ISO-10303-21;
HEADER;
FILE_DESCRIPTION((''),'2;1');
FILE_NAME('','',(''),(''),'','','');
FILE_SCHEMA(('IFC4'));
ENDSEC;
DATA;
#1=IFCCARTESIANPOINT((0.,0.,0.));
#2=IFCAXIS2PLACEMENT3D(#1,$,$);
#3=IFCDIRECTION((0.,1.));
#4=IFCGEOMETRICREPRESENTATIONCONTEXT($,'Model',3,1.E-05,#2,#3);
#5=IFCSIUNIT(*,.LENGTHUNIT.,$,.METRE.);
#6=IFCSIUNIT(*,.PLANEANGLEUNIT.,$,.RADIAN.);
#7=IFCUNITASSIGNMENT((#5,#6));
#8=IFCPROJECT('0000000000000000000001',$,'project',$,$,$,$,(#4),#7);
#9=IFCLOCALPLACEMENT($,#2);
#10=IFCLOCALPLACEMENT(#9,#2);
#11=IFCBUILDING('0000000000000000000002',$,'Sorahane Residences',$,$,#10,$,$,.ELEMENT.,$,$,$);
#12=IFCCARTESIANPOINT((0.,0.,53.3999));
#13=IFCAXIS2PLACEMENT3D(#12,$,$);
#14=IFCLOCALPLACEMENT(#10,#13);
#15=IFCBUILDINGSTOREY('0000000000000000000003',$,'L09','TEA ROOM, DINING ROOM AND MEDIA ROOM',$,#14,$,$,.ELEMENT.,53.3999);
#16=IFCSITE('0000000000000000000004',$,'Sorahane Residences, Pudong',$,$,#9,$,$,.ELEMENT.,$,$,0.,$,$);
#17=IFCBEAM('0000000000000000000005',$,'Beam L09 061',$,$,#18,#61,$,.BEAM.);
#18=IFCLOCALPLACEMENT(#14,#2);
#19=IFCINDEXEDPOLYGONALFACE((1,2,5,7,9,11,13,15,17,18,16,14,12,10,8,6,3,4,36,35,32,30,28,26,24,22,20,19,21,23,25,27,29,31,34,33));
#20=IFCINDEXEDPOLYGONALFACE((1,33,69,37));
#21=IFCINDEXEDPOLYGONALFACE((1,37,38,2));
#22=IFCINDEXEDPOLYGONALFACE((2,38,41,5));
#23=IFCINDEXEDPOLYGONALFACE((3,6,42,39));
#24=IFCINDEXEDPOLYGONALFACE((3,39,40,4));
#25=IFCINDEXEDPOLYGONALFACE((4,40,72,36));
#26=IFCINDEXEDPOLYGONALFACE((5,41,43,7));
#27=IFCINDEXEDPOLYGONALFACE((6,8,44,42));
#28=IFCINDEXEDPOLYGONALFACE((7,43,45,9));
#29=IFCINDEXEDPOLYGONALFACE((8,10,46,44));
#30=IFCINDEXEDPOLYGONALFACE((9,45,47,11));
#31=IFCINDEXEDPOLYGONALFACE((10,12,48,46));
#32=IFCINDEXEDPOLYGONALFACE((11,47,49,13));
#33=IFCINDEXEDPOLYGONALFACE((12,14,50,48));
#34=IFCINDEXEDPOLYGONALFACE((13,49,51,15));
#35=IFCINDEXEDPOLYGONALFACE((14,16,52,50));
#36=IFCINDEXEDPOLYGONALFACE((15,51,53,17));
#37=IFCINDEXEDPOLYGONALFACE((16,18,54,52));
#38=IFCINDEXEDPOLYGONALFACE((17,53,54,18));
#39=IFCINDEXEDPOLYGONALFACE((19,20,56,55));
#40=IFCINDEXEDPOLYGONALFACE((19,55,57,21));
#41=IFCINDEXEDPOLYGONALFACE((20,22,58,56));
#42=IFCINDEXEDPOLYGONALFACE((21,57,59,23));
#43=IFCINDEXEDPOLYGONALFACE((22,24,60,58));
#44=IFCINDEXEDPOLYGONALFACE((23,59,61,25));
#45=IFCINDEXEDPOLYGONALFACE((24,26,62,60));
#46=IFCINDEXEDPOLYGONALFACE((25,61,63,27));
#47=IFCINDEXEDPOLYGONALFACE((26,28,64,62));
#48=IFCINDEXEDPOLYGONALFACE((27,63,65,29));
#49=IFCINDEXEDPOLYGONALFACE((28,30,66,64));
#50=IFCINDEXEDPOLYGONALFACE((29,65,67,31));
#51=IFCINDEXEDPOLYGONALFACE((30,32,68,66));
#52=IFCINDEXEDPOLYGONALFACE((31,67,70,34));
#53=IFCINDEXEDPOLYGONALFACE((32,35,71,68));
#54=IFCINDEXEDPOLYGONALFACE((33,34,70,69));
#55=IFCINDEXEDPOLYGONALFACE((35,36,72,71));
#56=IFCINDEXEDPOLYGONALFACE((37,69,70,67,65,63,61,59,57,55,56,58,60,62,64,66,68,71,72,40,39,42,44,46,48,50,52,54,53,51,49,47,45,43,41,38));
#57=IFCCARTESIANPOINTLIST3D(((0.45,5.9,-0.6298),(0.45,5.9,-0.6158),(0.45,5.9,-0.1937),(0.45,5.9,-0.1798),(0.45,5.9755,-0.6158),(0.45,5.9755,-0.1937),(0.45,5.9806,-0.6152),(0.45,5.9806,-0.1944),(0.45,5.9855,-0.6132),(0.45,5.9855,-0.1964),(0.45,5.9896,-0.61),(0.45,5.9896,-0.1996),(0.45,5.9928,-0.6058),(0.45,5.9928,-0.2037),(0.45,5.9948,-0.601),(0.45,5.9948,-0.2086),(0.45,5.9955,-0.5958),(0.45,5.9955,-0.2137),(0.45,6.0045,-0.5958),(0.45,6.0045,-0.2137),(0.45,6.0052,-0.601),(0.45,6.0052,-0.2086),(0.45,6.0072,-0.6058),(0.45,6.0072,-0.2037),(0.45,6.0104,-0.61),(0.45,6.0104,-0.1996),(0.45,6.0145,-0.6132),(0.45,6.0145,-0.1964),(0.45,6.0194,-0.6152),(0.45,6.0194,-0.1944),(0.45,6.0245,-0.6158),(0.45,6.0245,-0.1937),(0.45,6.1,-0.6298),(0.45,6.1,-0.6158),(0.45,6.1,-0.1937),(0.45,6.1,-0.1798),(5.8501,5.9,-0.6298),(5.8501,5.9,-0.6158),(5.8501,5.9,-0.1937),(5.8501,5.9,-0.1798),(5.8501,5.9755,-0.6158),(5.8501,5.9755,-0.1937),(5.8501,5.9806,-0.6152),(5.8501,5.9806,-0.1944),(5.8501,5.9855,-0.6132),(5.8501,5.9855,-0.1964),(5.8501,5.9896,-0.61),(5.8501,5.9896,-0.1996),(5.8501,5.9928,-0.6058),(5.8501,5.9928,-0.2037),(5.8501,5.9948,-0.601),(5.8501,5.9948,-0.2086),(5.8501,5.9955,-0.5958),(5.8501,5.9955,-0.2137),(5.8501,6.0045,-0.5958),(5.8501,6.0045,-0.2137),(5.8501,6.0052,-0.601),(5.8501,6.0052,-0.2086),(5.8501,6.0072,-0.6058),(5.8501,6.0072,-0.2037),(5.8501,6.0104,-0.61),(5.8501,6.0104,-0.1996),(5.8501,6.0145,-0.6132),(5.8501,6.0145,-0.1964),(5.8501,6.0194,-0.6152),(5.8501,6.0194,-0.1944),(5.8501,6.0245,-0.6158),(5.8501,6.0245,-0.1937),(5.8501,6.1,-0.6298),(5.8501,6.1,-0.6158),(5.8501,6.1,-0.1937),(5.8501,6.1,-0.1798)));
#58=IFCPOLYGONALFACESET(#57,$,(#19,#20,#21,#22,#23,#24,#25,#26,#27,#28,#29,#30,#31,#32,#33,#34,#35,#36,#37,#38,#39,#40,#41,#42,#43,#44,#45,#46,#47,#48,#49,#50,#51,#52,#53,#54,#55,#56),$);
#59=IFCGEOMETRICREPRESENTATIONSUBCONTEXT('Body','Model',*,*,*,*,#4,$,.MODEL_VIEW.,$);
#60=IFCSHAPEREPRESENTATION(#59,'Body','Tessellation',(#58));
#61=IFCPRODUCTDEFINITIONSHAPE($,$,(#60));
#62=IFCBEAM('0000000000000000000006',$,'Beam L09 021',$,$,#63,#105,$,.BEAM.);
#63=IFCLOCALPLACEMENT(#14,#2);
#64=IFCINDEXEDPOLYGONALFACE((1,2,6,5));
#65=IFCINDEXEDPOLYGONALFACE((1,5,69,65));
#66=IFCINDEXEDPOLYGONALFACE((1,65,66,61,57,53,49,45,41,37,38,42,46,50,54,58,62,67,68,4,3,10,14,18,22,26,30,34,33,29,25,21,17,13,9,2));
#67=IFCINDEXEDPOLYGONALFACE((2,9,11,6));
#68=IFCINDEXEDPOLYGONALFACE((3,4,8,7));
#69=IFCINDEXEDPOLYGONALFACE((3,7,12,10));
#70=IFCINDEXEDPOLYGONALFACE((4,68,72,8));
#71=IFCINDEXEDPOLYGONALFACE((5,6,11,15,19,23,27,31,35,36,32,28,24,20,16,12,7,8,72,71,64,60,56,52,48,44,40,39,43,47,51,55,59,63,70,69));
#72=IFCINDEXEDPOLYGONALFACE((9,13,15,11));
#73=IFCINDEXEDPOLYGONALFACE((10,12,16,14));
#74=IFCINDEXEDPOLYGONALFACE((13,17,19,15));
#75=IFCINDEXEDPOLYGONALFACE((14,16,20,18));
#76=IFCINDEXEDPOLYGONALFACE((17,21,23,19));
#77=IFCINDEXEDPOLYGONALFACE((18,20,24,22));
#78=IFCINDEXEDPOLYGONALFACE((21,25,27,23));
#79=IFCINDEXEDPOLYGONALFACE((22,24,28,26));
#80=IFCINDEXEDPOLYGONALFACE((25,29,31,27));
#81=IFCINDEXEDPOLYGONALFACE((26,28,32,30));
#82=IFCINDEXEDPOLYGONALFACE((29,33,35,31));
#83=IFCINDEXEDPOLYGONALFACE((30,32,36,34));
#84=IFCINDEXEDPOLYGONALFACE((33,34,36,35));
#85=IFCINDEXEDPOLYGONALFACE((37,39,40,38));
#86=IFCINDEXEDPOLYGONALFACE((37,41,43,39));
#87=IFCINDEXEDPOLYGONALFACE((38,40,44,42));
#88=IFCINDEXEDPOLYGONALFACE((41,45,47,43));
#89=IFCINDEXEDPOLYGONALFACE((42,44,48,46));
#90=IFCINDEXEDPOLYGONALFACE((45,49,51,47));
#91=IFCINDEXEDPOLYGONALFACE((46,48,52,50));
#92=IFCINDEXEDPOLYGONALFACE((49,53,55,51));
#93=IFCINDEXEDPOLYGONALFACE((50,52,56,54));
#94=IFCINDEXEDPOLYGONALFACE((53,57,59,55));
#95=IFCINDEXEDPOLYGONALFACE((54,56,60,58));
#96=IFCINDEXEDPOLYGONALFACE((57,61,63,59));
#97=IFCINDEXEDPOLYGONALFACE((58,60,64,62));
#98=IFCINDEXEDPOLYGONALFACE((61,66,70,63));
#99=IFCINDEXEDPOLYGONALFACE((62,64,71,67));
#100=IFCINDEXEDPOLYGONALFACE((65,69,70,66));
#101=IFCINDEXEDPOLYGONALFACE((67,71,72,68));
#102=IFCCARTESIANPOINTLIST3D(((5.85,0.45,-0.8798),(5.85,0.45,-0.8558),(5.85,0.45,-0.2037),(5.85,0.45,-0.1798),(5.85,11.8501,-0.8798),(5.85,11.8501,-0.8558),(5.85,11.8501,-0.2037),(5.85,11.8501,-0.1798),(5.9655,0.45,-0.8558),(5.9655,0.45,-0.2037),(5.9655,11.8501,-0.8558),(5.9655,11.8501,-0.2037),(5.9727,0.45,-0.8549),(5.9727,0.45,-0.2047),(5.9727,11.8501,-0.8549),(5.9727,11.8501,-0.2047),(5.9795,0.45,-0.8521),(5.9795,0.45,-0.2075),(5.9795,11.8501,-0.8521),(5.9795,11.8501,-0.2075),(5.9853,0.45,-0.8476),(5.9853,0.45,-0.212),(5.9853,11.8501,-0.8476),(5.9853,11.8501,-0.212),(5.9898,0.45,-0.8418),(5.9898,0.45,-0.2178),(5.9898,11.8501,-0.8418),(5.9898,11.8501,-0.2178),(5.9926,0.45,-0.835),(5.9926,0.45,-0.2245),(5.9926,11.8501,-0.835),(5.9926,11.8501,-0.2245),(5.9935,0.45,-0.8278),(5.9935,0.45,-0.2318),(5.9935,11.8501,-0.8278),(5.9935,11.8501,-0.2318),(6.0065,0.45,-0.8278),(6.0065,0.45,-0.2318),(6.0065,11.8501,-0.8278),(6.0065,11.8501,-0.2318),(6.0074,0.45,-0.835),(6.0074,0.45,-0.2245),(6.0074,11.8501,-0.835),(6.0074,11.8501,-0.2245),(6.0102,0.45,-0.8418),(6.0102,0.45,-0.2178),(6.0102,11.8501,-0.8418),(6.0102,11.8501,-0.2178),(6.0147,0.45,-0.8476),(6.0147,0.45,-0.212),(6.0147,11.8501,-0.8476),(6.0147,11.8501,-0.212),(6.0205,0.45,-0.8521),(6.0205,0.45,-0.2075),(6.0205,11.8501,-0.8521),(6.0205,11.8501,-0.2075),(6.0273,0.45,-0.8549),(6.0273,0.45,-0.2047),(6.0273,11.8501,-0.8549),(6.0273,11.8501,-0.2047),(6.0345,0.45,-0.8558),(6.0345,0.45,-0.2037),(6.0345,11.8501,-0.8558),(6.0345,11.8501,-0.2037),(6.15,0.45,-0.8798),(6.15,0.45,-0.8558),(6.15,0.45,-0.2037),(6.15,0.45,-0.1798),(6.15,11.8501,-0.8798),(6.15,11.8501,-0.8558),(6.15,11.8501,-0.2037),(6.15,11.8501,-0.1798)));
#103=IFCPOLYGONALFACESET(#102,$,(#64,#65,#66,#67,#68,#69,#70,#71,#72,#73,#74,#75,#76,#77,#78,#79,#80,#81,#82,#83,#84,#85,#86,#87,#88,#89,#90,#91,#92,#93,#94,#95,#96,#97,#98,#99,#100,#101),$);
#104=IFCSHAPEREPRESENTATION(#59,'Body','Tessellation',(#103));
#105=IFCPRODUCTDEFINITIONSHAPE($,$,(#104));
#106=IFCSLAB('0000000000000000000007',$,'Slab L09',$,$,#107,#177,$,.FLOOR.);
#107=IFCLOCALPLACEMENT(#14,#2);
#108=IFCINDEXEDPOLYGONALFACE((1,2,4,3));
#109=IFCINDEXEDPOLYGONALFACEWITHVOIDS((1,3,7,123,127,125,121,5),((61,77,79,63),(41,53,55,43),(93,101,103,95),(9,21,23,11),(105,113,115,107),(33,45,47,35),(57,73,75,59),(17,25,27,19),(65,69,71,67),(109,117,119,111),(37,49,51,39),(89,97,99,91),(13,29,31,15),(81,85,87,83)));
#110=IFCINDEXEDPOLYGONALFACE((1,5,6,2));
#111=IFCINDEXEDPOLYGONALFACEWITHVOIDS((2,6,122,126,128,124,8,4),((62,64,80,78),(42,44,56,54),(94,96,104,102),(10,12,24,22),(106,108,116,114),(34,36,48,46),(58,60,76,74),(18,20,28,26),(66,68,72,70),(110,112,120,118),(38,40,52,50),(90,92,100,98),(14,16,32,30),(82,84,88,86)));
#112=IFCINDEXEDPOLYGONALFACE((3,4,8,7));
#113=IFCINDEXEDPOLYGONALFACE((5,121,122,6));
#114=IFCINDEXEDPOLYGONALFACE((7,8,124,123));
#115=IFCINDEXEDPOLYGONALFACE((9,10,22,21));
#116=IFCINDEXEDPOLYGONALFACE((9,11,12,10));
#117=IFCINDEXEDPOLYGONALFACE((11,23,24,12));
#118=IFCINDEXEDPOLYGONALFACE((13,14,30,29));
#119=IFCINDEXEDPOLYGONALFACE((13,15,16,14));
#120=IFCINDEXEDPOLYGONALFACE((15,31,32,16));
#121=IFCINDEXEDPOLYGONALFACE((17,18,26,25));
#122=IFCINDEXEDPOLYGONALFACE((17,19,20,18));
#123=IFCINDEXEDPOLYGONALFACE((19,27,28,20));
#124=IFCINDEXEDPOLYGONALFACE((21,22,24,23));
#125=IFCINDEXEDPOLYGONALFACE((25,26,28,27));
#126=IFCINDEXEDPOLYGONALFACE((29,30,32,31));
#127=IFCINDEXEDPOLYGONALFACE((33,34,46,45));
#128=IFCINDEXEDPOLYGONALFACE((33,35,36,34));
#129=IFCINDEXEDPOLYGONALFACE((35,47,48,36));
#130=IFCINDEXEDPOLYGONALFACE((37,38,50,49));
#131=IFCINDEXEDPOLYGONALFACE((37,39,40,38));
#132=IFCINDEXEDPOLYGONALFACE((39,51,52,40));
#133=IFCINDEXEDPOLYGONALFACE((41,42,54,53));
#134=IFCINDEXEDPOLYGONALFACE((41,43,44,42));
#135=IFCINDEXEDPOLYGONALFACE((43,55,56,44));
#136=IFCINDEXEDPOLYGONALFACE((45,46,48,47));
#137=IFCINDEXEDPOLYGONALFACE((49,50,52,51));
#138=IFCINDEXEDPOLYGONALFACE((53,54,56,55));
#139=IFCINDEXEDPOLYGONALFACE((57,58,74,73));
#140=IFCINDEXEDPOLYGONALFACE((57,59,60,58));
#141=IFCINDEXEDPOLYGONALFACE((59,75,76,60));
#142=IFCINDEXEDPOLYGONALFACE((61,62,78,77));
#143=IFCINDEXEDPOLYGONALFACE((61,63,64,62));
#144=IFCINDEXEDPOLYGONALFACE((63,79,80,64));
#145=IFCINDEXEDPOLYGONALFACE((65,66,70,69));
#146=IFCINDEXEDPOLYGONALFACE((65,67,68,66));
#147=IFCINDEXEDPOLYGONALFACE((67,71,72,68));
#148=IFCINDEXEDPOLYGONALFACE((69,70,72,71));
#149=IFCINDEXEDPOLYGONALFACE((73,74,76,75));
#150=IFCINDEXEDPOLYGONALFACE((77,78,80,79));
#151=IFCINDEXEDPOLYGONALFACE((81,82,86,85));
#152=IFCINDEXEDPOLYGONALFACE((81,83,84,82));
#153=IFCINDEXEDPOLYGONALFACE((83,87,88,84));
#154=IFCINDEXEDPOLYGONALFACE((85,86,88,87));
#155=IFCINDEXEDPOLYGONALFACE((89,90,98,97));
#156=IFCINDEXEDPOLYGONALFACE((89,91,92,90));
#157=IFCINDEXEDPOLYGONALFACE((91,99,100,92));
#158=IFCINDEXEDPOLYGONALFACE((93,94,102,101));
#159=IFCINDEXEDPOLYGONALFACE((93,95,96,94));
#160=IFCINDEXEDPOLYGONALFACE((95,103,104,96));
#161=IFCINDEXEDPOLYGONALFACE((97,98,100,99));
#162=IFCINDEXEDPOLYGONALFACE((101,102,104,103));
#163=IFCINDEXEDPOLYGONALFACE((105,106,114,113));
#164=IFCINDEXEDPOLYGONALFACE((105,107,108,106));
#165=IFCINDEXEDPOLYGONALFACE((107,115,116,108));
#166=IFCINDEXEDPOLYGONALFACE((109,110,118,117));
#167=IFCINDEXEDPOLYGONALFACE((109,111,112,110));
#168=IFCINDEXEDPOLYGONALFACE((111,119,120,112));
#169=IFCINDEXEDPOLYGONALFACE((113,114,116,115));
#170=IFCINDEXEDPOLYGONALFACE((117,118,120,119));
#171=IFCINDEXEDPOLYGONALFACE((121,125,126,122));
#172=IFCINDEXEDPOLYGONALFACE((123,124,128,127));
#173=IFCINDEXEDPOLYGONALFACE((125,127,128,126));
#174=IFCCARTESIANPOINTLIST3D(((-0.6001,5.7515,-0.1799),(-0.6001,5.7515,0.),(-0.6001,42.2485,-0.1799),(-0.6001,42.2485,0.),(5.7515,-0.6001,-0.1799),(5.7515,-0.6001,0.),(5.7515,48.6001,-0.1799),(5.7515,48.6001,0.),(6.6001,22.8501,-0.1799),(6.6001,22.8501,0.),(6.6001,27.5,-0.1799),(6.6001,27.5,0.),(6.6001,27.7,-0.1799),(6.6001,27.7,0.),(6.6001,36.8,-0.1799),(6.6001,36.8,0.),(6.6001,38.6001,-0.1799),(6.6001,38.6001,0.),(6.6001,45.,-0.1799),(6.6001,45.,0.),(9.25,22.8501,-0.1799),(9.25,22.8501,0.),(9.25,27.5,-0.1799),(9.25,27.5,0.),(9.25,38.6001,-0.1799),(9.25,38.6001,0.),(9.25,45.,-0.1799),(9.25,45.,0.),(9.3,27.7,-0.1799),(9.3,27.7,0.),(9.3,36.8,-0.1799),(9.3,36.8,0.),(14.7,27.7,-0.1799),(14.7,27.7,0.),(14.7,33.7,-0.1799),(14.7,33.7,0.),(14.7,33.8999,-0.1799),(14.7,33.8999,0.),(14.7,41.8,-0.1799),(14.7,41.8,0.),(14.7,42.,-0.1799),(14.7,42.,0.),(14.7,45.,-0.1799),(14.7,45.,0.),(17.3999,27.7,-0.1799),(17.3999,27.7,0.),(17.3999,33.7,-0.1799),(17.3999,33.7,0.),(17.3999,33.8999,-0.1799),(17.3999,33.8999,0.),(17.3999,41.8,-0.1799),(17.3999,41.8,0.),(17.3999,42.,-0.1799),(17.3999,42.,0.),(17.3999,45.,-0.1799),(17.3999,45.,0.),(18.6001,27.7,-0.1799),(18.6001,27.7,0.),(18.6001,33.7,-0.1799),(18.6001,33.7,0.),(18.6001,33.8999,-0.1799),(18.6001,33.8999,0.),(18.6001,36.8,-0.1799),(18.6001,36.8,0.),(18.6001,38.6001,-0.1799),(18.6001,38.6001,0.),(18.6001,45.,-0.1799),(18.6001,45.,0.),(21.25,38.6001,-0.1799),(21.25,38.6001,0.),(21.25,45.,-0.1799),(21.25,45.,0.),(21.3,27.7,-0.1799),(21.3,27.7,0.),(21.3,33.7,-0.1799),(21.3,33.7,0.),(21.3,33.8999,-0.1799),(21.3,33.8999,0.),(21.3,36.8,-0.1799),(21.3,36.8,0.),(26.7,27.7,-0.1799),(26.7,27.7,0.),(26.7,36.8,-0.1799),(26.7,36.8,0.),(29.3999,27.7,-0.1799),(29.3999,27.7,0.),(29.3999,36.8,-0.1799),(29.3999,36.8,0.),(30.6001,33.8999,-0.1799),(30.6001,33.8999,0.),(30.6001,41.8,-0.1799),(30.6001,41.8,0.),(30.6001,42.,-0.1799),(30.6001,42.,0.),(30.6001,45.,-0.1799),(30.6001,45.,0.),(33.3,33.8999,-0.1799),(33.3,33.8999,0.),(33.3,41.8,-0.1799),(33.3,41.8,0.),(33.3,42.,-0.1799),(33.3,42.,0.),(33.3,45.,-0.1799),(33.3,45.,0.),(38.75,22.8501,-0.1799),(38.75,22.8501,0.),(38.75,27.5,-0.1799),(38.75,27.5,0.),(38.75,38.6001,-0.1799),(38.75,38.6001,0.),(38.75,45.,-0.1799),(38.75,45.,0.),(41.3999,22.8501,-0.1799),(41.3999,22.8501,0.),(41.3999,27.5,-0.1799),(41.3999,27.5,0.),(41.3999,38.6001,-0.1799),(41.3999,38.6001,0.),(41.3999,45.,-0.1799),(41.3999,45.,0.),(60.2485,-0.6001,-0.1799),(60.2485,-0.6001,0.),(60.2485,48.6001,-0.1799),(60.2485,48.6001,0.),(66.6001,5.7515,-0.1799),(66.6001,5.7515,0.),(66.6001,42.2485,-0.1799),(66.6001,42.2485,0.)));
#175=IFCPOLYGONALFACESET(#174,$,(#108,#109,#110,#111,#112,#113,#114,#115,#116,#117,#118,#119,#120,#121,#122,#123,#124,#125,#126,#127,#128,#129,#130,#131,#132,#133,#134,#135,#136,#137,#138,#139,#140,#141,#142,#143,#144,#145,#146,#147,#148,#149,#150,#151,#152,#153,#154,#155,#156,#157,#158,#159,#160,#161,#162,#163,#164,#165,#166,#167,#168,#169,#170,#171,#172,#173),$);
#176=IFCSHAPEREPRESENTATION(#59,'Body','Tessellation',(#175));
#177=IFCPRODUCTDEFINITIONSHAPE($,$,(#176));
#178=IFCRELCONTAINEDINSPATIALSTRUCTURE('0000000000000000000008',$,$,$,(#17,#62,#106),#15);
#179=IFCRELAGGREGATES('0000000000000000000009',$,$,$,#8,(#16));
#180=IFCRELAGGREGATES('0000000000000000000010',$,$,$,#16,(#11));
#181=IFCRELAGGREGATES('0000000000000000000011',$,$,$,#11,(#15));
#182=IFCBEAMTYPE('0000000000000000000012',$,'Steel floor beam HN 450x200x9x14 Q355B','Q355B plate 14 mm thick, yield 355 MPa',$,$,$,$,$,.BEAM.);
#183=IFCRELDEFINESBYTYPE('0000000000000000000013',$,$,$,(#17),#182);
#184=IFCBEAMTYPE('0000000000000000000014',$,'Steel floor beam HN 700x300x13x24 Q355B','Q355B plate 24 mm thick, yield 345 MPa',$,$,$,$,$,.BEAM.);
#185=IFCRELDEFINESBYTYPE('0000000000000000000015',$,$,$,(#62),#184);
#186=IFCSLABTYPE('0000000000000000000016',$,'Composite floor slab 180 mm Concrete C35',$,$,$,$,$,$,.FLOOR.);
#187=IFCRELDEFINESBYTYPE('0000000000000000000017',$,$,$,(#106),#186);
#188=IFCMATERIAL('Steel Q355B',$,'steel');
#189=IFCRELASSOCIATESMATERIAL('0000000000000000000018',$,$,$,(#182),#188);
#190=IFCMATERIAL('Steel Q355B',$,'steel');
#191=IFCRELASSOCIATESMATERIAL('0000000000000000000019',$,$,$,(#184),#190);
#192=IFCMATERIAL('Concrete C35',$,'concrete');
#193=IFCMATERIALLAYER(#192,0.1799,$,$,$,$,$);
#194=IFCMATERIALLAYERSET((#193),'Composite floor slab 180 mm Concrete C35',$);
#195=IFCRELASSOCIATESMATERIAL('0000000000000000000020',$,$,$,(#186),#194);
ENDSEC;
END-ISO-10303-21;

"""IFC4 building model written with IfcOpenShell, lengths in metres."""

from ifc_helpers import new_model, si_unit, direction, frame, origin, origin_2d, place, context, subcontext, project, spatial, polyline, i_section, outline, extrude, material, layer, layer_set, material_profile, profile_set, type_object, element, save


model = new_model("IFC4")

# Units and contexts
model_context = context("Model", 3, precision=1e-05, world=origin(), true_north=direction((0.0, 1.0)))
body_context = subcontext(model_context, "Body", "Model", "MODEL_VIEW")
ifc_project = project(units=[si_unit("LENGTHUNIT", "METRE"), si_unit("PLANEANGLEUNIT", "RADIAN")], contexts=[model_context])

# Site, building, storey
site_placement = place(None, origin())
site = spatial("IfcSite", under=ifc_project, at=site_placement, Name="Sorahane Residences, Pudong", CompositionType="ELEMENT", RefElevation=0.0)
building_placement = place(site_placement, origin())
building = spatial("IfcBuilding", under=site, at=building_placement, Name="Sorahane Residences", CompositionType="ELEMENT")
storey_placement = place(building_placement, frame((0.0, 0.0, 53.3999)))
storey = spatial("IfcBuildingStorey", under=building, at=storey_placement, Name="L09", Description="TEA ROOM, DINING ROOM AND MEDIA ROOM", CompositionType="ELEMENT", Elevation=53.3999)

# Beams
ifc_material_1 = material(Name="Steel Q355B", Category="steel")
ifc_material_profile_1 = material_profile(ifc_material_1, i_section(OverallWidth=0.2, OverallDepth=0.45, WebThickness=0.009, FlangeThickness=0.0139, FilletRadius=0.02, at=origin_2d()), Name="HN 450x200x9x14")
ifc_profile_set_1 = profile_set([ifc_material_profile_1], Name="Steel Q355B")
beam_type_1 = type_object("IfcBeamType", Name="Steel floor beam HN 450x200x9x14 Q355B", Description="Q355B plate 14 mm thick, yield 355 MPa", PredefinedType="BEAM", material=ifc_profile_set_1)
beam_1_placement = place(storey_placement, frame((0.45, 6.0, -0.4048), z_axis=(1.0, 0.0, 0.0), x_axis=(0.0, 1.0, 0.0)))
element("IfcBeam", 1, at=beam_1_placement, inside=storey, type_object=beam_type_1, Name="Beam L09 061", PredefinedType="BEAM", context=body_context, shape_type="SweptSolid", body=[
    extrude(i_section(OverallWidth=0.2, OverallDepth=0.45, WebThickness=0.009, FlangeThickness=0.0139, FilletRadius=0.02, at=origin_2d()), origin(), (0.0, 0.0, 1.0), 5.4001),
])
ifc_material_2 = material(Name="Steel Q355B", Category="steel")
ifc_material_profile_2 = material_profile(ifc_material_2, i_section(OverallWidth=0.3, OverallDepth=0.7, WebThickness=0.0129, FlangeThickness=0.0239, FilletRadius=0.0281, at=origin_2d()), Name="HN 700x300x13x24")
ifc_profile_set_2 = profile_set([ifc_material_profile_2], Name="Steel Q355B")
beam_type_2 = type_object("IfcBeamType", Name="Steel floor beam HN 700x300x13x24 Q355B", Description="Q355B plate 24 mm thick, yield 345 MPa", PredefinedType="BEAM", material=ifc_profile_set_2)
beam_2_placement = place(storey_placement, frame((6.0, 0.45, -0.5298), z_axis=(0.0, 1.0, 0.0), x_axis=(-1.0, 0.0, 0.0)))
element("IfcBeam", 2, at=beam_2_placement, inside=storey, type_object=beam_type_2, Name="Beam L09 021", PredefinedType="BEAM", context=body_context, shape_type="SweptSolid", body=[
    extrude(i_section(OverallWidth=0.3, OverallDepth=0.7, WebThickness=0.0129, FlangeThickness=0.0239, FilletRadius=0.0281, at=origin_2d()), origin(), (0.0, 0.0, 1.0), 11.4001),
])

# Slab
ifc_material_3 = material(Name="Concrete C35", Category="concrete")
ifc_layer_1 = layer(ifc_material_3, 0.1799)
ifc_layer_set_1 = layer_set([ifc_layer_1], Name="Composite floor slab 180 mm Concrete C35")
slab_type_1 = type_object("IfcSlabType", Name="Composite floor slab 180 mm Concrete C35", PredefinedType="FLOOR", material=ifc_layer_set_1)
slab_1_placement = place(storey_placement, frame((0.0, 0.0, -0.1799)))
element("IfcSlab", 3, at=slab_1_placement, inside=storey, type_object=slab_type_1, Name="Slab L09", PredefinedType="FLOOR", context=body_context, shape_type="SweptSolid", body=[
    extrude(outline(polyline([(5.7515, -0.6001), (-0.6001, 5.7515), (-0.6001, 42.2485), (5.7515, 48.6001), (60.2485, 48.6001), (66.6001, 42.2485), (66.6001, 5.7515), (60.2485, -0.6001), (5.7515, -0.6001)]), holes=[polyline([(18.6001, 27.7), (21.3, 27.7), (21.3, 33.7), (18.6001, 33.7), (18.6001, 27.7)]), polyline([(30.6001, 42.0), (33.3, 42.0), (33.3, 45.0), (30.6001, 45.0), (30.6001, 42.0)]), polyline([(14.7, 27.7), (17.3999, 27.7), (17.3999, 33.7), (14.7, 33.7), (14.7, 27.7)]), polyline([(14.7, 42.0), (17.3999, 42.0), (17.3999, 45.0), (14.7, 45.0), (14.7, 42.0)]), polyline([(6.6001, 27.7), (9.3, 27.7), (9.3, 36.8), (6.6001, 36.8), (6.6001, 27.7)]), polyline([(9.25, 38.6001), (9.25, 45.0), (6.6001, 45.0), (6.6001, 38.6001), (9.25, 38.6001)]), polyline([(41.3999, 38.6001), (41.3999, 45.0), (38.75, 45.0), (38.75, 38.6001), (41.3999, 38.6001)]), polyline([(21.25, 38.6001), (21.25, 45.0), (18.6001, 45.0), (18.6001, 38.6001), (21.25, 38.6001)]), polyline([(9.25, 22.8501), (9.25, 27.5), (6.6001, 27.5), (6.6001, 22.8501), (9.25, 22.8501)]), polyline([(41.3999, 22.8501), (41.3999, 27.5), (38.75, 27.5), (38.75, 22.8501), (41.3999, 22.8501)]), polyline([(14.7, 33.8999), (17.3999, 33.8999), (17.3999, 41.8), (14.7, 41.8), (14.7, 33.8999)]), polyline([(30.6001, 33.8999), (33.3, 33.8999), (33.3, 41.8), (30.6001, 41.8), (30.6001, 33.8999)]), polyline([(18.6001, 33.8999), (21.3, 33.8999), (21.3, 36.8), (18.6001, 36.8), (18.6001, 33.8999)]), polyline([(26.7, 27.7), (29.3999, 27.7), (29.3999, 36.8), (26.7, 36.8), (26.7, 27.7)])]), origin(), (0.0, 0.0, 1.0), 0.1799),
])

save(model, "model.ifc")
